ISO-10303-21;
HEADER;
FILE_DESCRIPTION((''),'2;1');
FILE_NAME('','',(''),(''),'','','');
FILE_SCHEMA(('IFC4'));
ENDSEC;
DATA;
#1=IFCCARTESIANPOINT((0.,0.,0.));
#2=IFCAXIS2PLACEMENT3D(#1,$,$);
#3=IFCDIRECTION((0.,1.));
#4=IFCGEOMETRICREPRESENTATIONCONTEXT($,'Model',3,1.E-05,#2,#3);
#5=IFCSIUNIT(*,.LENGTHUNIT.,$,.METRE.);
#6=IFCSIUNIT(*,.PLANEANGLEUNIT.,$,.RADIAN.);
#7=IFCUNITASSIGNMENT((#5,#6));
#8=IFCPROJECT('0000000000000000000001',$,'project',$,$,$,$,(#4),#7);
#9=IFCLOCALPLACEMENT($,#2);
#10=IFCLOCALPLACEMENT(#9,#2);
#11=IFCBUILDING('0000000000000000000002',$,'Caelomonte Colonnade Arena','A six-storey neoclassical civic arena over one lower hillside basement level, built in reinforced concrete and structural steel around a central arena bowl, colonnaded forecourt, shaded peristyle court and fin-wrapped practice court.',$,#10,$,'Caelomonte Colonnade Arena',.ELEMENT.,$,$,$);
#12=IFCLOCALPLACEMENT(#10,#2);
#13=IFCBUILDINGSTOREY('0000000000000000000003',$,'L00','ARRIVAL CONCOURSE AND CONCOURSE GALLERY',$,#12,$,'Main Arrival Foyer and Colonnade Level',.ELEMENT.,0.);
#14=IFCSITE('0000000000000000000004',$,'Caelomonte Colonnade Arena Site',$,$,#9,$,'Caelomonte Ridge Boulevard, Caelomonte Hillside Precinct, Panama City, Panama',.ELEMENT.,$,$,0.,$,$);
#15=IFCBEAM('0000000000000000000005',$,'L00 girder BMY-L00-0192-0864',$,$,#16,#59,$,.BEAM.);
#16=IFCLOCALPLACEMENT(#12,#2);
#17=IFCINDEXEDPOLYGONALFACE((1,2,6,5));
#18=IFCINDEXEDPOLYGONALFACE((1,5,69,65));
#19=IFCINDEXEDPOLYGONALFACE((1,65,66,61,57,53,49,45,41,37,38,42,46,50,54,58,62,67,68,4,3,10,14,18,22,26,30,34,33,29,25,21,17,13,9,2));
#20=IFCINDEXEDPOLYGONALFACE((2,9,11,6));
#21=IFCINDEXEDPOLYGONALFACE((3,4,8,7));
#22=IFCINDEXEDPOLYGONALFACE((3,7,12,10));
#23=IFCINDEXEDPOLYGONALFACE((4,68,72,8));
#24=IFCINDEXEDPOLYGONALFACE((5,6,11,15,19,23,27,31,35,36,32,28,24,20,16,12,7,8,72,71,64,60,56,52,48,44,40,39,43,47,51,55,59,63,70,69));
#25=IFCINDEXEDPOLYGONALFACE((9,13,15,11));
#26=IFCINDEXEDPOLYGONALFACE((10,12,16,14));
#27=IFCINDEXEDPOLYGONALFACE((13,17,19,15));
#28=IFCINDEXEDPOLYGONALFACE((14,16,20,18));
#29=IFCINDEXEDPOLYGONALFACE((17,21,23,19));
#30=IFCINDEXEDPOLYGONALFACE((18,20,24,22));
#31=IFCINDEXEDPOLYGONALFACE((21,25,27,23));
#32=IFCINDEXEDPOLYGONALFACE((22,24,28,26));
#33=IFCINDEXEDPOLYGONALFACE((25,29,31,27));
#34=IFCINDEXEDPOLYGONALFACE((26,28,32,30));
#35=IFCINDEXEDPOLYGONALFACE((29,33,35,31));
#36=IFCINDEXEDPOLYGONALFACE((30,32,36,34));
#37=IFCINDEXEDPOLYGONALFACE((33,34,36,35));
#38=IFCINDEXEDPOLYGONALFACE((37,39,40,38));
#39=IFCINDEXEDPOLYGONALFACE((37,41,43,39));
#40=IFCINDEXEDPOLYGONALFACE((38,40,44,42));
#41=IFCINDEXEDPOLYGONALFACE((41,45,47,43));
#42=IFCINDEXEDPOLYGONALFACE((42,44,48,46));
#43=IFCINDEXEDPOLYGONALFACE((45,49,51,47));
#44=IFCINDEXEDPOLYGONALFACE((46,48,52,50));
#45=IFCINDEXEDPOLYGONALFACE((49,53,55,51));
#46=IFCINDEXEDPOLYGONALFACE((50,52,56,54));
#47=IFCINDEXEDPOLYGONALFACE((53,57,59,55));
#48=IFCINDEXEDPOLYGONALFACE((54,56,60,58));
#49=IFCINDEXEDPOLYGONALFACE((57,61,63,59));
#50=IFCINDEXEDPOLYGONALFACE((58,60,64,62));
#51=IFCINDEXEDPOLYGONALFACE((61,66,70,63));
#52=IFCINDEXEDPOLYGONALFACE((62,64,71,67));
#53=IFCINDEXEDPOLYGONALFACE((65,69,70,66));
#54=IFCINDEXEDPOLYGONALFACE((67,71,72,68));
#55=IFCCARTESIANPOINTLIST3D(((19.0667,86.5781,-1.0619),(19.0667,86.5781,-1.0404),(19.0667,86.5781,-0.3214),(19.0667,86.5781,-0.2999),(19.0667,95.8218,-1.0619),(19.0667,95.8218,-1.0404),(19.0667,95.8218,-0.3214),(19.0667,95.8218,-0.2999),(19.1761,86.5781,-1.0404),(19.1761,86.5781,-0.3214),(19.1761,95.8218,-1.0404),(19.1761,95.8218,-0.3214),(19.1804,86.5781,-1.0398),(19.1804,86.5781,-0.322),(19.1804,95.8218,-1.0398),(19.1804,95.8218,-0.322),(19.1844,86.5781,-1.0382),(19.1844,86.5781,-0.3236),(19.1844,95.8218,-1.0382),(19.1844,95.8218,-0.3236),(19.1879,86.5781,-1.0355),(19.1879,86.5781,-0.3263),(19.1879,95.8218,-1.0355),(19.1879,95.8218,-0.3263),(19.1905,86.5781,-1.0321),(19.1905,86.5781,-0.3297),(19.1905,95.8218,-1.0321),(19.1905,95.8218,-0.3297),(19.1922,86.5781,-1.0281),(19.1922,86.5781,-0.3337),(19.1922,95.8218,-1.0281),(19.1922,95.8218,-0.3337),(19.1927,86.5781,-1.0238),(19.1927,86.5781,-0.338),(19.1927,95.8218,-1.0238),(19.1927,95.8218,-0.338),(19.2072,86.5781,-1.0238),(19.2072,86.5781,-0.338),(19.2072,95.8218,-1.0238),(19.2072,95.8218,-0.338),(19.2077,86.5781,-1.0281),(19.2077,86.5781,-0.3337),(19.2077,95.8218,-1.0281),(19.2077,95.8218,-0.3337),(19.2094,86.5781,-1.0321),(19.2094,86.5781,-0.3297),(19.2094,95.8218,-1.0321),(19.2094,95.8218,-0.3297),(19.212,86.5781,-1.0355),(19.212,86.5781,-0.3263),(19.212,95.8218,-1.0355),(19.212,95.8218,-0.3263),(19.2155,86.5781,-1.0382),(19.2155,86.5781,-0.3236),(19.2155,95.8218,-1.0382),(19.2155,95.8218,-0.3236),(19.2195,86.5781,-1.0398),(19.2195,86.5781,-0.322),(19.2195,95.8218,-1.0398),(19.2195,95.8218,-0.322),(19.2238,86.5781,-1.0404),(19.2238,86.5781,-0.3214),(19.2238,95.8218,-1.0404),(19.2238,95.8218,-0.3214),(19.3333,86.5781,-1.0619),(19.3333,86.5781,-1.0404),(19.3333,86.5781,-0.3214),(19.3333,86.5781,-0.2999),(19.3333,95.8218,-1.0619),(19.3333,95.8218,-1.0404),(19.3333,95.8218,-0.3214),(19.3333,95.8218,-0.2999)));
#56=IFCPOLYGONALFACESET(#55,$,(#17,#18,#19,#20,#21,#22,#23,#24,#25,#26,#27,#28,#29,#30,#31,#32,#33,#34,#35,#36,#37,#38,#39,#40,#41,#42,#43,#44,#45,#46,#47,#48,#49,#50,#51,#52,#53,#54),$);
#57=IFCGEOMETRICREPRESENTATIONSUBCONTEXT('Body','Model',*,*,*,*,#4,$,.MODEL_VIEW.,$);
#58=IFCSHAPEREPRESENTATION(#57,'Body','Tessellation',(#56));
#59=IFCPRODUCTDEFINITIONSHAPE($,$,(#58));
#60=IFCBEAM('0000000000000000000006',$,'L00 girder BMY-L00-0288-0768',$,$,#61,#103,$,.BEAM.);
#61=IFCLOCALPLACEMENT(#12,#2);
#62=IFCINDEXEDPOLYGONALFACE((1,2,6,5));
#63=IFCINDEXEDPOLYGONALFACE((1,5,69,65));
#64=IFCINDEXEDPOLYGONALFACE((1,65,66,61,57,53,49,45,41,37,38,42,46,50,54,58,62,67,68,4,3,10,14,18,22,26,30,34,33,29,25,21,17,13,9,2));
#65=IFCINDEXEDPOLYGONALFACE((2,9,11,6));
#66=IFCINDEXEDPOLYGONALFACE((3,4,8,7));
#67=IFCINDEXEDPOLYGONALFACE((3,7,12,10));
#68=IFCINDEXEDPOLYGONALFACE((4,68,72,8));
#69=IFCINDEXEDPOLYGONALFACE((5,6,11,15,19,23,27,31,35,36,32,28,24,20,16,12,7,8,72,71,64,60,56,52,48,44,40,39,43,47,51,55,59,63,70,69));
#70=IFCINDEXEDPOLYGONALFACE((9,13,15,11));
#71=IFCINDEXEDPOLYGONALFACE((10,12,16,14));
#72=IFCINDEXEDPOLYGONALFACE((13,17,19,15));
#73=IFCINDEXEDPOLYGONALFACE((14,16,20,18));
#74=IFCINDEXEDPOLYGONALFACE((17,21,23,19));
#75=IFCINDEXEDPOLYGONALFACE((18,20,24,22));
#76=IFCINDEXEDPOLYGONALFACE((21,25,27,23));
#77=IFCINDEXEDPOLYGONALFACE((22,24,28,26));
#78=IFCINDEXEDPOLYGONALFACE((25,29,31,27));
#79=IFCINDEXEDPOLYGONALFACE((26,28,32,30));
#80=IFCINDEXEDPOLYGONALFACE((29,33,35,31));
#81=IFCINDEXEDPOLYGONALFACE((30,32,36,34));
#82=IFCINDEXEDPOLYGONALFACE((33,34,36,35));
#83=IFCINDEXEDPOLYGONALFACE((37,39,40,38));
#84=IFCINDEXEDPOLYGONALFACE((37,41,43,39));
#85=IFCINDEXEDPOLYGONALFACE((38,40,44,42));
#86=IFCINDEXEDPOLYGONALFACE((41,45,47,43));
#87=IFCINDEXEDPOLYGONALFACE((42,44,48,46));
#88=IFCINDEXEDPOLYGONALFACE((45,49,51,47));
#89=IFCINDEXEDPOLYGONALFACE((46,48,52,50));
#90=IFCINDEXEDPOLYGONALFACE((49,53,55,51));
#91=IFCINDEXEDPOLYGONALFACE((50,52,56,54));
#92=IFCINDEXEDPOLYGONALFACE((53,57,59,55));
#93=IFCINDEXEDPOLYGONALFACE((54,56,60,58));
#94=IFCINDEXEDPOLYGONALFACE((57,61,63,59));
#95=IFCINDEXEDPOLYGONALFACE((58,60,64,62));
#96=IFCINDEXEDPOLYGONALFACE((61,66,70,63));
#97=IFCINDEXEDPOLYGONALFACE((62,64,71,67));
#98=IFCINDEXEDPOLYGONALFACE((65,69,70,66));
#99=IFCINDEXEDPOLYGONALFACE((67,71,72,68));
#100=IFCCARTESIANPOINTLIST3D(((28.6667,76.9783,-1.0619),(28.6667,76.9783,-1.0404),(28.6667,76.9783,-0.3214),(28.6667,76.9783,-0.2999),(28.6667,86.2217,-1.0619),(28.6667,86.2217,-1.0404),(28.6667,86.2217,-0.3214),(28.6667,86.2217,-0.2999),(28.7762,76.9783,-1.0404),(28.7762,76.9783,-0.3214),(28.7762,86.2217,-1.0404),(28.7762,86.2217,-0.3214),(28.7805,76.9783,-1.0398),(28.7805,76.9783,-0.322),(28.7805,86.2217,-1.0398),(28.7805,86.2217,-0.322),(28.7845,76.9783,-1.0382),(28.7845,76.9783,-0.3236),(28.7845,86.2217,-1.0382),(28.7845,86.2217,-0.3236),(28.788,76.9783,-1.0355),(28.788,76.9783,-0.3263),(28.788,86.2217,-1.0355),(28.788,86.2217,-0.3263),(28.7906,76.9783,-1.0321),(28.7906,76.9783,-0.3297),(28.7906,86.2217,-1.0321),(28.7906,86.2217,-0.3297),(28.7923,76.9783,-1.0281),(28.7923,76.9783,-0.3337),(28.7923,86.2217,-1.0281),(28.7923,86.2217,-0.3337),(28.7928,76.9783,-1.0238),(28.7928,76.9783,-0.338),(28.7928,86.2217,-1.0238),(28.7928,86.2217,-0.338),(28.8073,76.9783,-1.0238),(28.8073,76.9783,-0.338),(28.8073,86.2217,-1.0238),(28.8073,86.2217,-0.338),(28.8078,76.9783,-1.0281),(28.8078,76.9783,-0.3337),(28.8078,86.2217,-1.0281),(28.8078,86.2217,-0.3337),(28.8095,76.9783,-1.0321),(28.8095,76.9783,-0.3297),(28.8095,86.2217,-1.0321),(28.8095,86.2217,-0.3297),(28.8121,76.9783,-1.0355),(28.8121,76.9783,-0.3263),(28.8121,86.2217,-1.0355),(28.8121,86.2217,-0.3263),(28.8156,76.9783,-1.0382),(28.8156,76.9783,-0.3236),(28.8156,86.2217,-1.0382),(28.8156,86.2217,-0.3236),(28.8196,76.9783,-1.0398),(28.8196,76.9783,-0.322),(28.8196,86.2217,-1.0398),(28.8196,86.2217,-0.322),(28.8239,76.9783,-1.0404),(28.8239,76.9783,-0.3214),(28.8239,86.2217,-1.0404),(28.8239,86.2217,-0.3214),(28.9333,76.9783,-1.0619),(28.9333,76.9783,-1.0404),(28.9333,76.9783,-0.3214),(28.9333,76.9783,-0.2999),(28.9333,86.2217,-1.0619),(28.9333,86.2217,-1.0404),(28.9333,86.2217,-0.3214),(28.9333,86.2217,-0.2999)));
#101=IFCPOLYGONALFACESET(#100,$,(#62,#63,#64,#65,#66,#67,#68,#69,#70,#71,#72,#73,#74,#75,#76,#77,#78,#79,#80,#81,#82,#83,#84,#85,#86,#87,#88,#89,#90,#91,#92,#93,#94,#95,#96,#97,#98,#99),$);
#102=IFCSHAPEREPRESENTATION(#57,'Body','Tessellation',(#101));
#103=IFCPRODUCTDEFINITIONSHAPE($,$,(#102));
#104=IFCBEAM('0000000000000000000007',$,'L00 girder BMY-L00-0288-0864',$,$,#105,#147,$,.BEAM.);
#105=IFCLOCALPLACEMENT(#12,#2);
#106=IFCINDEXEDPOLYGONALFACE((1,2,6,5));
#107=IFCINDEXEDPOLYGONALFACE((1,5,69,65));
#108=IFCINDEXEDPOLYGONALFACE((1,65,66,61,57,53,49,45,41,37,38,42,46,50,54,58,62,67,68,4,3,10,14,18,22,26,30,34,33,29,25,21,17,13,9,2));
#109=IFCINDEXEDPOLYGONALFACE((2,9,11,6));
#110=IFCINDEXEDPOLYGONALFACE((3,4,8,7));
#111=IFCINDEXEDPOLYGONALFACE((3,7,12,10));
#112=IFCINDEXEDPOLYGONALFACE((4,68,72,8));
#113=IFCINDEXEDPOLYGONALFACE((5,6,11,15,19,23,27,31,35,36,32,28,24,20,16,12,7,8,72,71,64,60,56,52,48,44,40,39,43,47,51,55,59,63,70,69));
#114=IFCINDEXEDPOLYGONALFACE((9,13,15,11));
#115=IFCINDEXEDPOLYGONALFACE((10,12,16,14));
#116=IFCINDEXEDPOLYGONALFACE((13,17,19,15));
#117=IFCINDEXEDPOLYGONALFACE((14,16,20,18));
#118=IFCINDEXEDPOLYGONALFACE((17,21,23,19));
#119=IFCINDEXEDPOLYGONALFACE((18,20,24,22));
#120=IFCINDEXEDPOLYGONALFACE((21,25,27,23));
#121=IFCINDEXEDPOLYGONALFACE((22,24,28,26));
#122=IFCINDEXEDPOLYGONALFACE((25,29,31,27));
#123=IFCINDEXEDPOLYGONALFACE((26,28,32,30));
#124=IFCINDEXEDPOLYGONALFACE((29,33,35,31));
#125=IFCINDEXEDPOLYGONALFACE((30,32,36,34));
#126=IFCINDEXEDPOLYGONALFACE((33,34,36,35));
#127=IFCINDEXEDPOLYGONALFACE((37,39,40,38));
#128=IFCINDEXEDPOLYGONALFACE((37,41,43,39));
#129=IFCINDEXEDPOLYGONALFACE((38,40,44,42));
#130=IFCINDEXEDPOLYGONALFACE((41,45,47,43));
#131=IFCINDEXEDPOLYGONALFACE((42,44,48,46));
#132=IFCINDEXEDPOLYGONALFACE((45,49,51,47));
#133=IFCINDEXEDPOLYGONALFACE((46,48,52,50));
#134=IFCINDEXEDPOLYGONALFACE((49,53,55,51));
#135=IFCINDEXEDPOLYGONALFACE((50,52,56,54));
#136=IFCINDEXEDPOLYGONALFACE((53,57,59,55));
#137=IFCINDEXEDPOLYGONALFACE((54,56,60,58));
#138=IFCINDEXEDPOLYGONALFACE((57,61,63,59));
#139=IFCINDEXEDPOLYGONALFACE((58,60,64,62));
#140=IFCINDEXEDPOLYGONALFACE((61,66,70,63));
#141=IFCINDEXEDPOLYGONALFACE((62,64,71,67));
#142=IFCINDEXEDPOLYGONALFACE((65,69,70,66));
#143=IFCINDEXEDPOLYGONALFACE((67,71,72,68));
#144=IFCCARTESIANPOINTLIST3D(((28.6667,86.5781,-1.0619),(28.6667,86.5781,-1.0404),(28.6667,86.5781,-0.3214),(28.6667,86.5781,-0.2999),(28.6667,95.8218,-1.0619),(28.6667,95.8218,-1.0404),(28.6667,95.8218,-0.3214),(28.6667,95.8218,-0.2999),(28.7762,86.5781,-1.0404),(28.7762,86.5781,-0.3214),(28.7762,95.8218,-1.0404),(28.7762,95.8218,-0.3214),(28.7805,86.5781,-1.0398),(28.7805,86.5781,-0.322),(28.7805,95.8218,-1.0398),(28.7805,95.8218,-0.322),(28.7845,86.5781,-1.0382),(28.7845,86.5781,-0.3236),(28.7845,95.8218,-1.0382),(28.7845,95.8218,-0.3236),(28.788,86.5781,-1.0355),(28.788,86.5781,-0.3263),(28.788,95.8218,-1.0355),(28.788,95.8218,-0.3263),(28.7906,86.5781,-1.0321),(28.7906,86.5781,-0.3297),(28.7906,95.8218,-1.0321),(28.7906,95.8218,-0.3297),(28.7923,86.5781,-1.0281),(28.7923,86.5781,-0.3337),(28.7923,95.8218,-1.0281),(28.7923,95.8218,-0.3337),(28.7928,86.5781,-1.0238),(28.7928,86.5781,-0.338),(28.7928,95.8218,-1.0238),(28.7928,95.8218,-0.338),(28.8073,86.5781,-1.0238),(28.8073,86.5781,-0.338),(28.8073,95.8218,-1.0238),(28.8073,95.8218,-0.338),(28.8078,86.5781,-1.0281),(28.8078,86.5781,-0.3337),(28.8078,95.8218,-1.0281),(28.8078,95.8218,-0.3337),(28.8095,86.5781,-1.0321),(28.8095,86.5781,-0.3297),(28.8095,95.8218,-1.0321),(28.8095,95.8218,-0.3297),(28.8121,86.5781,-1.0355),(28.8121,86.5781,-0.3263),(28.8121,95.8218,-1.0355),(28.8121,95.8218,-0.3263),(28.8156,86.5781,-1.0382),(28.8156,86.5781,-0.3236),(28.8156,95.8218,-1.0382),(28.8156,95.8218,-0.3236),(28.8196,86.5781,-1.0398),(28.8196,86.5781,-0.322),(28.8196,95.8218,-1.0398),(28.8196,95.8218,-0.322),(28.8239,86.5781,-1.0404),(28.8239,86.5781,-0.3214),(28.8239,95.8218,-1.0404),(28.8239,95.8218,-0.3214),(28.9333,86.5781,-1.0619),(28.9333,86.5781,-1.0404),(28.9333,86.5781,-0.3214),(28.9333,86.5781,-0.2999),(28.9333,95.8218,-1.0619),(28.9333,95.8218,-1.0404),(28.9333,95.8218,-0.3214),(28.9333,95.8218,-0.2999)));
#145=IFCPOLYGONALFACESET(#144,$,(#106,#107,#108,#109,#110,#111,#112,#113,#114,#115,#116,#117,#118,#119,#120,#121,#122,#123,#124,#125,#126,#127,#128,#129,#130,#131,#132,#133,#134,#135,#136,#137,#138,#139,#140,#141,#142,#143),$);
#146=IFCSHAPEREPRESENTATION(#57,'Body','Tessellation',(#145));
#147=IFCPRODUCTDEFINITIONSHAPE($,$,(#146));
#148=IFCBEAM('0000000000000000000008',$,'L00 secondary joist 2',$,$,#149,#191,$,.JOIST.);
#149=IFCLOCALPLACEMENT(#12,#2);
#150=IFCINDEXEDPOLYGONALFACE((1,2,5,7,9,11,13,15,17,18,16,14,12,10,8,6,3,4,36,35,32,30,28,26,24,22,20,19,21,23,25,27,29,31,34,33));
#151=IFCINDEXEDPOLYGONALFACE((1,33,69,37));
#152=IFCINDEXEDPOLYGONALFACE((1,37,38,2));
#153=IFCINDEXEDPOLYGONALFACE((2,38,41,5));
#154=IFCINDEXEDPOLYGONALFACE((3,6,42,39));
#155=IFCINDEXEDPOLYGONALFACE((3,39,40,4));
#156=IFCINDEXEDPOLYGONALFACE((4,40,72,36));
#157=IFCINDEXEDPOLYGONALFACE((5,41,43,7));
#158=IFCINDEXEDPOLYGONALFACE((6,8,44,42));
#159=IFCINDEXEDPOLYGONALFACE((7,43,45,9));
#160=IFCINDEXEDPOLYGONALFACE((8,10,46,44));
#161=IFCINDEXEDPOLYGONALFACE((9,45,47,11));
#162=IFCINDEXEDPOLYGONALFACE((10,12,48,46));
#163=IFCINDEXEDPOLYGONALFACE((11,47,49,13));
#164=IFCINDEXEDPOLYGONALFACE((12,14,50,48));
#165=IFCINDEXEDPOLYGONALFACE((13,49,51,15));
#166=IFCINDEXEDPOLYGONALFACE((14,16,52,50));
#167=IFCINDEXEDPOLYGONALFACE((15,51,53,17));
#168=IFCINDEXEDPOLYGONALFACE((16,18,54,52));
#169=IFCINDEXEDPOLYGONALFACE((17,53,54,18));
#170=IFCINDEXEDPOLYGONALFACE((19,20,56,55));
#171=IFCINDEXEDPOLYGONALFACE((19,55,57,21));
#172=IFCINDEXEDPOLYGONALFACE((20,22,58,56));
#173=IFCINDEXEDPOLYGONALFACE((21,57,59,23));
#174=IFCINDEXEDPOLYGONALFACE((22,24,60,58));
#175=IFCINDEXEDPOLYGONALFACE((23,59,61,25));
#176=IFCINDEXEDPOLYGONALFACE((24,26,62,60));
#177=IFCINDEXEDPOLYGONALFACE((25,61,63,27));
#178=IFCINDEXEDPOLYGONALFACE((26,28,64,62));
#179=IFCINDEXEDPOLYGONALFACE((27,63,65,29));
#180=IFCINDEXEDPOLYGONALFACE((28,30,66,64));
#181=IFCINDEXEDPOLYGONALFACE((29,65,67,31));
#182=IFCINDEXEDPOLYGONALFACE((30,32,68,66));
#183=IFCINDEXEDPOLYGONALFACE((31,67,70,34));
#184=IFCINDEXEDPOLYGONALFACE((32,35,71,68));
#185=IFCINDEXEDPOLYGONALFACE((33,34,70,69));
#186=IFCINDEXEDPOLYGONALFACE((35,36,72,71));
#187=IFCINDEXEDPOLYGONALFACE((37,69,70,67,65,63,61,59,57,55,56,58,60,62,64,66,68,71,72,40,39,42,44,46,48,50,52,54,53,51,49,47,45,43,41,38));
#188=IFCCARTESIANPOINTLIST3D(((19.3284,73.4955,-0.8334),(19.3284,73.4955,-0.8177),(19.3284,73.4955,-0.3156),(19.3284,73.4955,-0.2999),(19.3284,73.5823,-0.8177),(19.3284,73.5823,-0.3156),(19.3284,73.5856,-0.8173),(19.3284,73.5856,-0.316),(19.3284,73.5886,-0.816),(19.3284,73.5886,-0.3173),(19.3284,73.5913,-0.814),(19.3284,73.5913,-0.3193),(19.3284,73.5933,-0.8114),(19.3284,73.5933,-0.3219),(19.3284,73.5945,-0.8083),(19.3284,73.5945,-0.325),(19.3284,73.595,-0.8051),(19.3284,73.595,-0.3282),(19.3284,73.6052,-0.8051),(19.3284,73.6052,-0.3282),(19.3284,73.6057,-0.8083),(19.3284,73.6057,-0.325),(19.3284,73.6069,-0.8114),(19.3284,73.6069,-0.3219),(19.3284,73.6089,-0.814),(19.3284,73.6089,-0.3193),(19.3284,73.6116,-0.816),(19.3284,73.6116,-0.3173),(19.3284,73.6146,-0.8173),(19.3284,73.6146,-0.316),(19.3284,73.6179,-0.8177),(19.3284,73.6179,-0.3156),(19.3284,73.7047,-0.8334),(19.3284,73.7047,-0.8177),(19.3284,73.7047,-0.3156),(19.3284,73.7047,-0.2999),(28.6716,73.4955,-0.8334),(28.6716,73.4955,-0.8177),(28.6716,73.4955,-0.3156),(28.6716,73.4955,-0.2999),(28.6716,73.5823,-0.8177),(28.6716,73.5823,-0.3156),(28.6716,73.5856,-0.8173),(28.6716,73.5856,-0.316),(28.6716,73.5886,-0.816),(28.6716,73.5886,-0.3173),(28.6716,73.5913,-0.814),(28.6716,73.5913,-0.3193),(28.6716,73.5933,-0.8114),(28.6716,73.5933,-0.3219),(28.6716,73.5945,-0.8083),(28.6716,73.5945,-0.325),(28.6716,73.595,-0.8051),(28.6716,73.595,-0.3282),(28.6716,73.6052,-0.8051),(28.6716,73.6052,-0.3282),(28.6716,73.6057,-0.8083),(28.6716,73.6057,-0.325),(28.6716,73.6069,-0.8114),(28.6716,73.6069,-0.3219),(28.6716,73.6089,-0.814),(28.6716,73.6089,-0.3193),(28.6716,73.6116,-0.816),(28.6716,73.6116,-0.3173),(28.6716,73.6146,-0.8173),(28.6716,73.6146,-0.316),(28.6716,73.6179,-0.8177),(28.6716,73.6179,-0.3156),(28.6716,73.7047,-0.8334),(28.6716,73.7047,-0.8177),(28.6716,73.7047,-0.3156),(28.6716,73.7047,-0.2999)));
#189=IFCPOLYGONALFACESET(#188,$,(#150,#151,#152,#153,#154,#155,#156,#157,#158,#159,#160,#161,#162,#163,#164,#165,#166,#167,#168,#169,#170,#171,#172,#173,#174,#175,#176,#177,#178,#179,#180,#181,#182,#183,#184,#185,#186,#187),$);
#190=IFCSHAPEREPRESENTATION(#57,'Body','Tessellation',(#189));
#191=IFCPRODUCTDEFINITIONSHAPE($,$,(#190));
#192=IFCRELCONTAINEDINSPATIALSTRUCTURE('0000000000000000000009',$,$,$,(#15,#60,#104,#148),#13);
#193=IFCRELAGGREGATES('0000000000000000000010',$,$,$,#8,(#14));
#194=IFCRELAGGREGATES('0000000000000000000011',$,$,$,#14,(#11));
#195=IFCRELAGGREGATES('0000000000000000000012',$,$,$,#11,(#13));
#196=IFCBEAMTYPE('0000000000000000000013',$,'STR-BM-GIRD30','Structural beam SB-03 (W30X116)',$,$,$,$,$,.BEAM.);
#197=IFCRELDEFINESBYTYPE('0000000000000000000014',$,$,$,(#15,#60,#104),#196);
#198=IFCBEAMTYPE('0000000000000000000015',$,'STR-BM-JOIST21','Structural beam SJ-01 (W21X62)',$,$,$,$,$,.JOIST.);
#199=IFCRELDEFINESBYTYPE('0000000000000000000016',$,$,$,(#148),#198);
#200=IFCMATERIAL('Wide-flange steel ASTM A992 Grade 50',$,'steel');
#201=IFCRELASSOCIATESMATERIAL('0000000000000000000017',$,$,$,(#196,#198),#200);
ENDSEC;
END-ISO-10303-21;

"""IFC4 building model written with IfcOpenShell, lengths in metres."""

from ifc_helpers import new_model, si_unit, direction, frame, origin, origin_2d, place, context, subcontext, project, spatial, i_section, extrude, material, material_profile, profile_set, type_object, element, save


model = new_model("IFC4")

# Units and contexts
model_context = context("Model", 3, precision=1e-05, world=origin(), true_north=direction((0.0, 1.0)))
body_context = subcontext(model_context, "Body", "Model", "MODEL_VIEW")
ifc_project = project(units=[si_unit("LENGTHUNIT", "METRE"), si_unit("PLANEANGLEUNIT", "RADIAN")], contexts=[model_context])

# Site, building, storey
site_placement = place(None, origin())
site = spatial("IfcSite", under=ifc_project, at=site_placement, Name="Caelomonte Colonnade Arena Site", LongName="Caelomonte Ridge Boulevard, Caelomonte Hillside Precinct, Panama City, Panama", CompositionType="ELEMENT", RefElevation=0.0)
building_placement = place(site_placement, origin())
building = spatial("IfcBuilding", under=site, at=building_placement, Name="Caelomonte Colonnade Arena", Description="A six-storey neoclassical civic arena over one lower hillside basement level, built in reinforced concrete and structural steel around a central arena bowl, colonnaded forecourt, shaded peristyle court and fin-wrapped practice court.", LongName="Caelomonte Colonnade Arena", CompositionType="ELEMENT")
storey_placement = place(building_placement, origin())
storey = spatial("IfcBuildingStorey", under=building, at=storey_placement, Name="L00", Description="ARRIVAL CONCOURSE AND CONCOURSE GALLERY", LongName="Main Arrival Foyer and Colonnade Level", CompositionType="ELEMENT", Elevation=0.0)

# Shared definitions
ifc_material_1 = material(Name="Wide-flange steel ASTM A992 Grade 50", Category="steel")

# Beams
ifc_material_profile_1 = material_profile(ifc_material_1, i_section(OverallWidth=0.2666, OverallDepth=0.762, WebThickness=0.0144, FlangeThickness=0.0215, FilletRadius=0.0166, at=origin_2d()), Name="W30X116")
ifc_profile_set_1 = profile_set([ifc_material_profile_1], Name="Wide-flange steel ASTM A992 Grade 50")
beam_type_1 = type_object("IfcBeamType", Name="STR-BM-GIRD30", Description="Structural beam SB-03 (W30X116)", PredefinedType="BEAM", material=ifc_profile_set_1)
beam_1_placement = place(storey_placement, frame((19.2, 86.5781, -0.6809), z_axis=(0.0, 1.0, 0.0), x_axis=(-1.0, 0.0, 0.0)))
element("IfcBeam", 1, at=beam_1_placement, inside=storey, type_object=beam_type_1, Name="L00 girder BMY-L00-0192-0864", PredefinedType="BEAM", context=body_context, shape_type="SweptSolid", body=[
    extrude(i_section(OverallWidth=0.2666, OverallDepth=0.762, WebThickness=0.0144, FlangeThickness=0.0215, FilletRadius=0.0166, at=origin_2d()), origin(), (0.0, 0.0, 1.0), 9.2437),
])
beam_2_placement = place(storey_placement, frame((28.8, 76.9783, -0.6809), z_axis=(0.0, 1.0, 0.0), x_axis=(-1.0, 0.0, 0.0)))
element("IfcBeam", 2, at=beam_2_placement, inside=storey, type_object=beam_type_1, Name="L00 girder BMY-L00-0288-0768", PredefinedType="BEAM", context=body_context, shape_type="SweptSolid", body=[
    extrude(i_section(OverallWidth=0.2666, OverallDepth=0.762, WebThickness=0.0144, FlangeThickness=0.0215, FilletRadius=0.0166, at=origin_2d()), origin(), (0.0, 0.0, 1.0), 9.2434),
])
beam_3_placement = place(storey_placement, frame((28.8, 86.5781, -0.6809), z_axis=(0.0, 1.0, 0.0), x_axis=(-1.0, 0.0, 0.0)))
element("IfcBeam", 3, at=beam_3_placement, inside=storey, type_object=beam_type_1, Name="L00 girder BMY-L00-0288-0864", PredefinedType="BEAM", context=body_context, shape_type="SweptSolid", body=[
    extrude(i_section(OverallWidth=0.2666, OverallDepth=0.762, WebThickness=0.0144, FlangeThickness=0.0215, FilletRadius=0.0166, at=origin_2d()), origin(), (0.0, 0.0, 1.0), 9.2437),
])
ifc_material_profile_2 = material_profile(ifc_material_1, i_section(OverallWidth=0.2092, OverallDepth=0.5334, WebThickness=0.0103, FlangeThickness=0.0156, FilletRadius=0.0127, at=origin_2d()), Name="W21X62")
ifc_profile_set_2 = profile_set([ifc_material_profile_2], Name="Wide-flange steel ASTM A992 Grade 50")
beam_type_2 = type_object("IfcBeamType", Name="STR-BM-JOIST21", Description="Structural beam SJ-01 (W21X62)", PredefinedType="JOIST", material=ifc_profile_set_2)
for number, where, z_axis, x_axis, name in (
    (4, (19.3284, 73.6001, -0.5667), (1.0, 0.0, 0.0), (0.0, 1.0, 0.0), "L00 secondary joist 2"),
):
    element("IfcBeam", number, at=place(storey_placement, frame(where, z_axis=z_axis, x_axis=x_axis)), inside=storey, type_object=beam_type_2, Name=name, PredefinedType="JOIST", context=body_context, shape_type="SweptSolid", body=[
        extrude(i_section(OverallWidth=0.2092, OverallDepth=0.5334, WebThickness=0.0103, FlangeThickness=0.0156, FilletRadius=0.0127, at=origin_2d()), origin(), (0.0, 0.0, 1.0), 9.3433),
    ])

save(model, "model.ifc")
